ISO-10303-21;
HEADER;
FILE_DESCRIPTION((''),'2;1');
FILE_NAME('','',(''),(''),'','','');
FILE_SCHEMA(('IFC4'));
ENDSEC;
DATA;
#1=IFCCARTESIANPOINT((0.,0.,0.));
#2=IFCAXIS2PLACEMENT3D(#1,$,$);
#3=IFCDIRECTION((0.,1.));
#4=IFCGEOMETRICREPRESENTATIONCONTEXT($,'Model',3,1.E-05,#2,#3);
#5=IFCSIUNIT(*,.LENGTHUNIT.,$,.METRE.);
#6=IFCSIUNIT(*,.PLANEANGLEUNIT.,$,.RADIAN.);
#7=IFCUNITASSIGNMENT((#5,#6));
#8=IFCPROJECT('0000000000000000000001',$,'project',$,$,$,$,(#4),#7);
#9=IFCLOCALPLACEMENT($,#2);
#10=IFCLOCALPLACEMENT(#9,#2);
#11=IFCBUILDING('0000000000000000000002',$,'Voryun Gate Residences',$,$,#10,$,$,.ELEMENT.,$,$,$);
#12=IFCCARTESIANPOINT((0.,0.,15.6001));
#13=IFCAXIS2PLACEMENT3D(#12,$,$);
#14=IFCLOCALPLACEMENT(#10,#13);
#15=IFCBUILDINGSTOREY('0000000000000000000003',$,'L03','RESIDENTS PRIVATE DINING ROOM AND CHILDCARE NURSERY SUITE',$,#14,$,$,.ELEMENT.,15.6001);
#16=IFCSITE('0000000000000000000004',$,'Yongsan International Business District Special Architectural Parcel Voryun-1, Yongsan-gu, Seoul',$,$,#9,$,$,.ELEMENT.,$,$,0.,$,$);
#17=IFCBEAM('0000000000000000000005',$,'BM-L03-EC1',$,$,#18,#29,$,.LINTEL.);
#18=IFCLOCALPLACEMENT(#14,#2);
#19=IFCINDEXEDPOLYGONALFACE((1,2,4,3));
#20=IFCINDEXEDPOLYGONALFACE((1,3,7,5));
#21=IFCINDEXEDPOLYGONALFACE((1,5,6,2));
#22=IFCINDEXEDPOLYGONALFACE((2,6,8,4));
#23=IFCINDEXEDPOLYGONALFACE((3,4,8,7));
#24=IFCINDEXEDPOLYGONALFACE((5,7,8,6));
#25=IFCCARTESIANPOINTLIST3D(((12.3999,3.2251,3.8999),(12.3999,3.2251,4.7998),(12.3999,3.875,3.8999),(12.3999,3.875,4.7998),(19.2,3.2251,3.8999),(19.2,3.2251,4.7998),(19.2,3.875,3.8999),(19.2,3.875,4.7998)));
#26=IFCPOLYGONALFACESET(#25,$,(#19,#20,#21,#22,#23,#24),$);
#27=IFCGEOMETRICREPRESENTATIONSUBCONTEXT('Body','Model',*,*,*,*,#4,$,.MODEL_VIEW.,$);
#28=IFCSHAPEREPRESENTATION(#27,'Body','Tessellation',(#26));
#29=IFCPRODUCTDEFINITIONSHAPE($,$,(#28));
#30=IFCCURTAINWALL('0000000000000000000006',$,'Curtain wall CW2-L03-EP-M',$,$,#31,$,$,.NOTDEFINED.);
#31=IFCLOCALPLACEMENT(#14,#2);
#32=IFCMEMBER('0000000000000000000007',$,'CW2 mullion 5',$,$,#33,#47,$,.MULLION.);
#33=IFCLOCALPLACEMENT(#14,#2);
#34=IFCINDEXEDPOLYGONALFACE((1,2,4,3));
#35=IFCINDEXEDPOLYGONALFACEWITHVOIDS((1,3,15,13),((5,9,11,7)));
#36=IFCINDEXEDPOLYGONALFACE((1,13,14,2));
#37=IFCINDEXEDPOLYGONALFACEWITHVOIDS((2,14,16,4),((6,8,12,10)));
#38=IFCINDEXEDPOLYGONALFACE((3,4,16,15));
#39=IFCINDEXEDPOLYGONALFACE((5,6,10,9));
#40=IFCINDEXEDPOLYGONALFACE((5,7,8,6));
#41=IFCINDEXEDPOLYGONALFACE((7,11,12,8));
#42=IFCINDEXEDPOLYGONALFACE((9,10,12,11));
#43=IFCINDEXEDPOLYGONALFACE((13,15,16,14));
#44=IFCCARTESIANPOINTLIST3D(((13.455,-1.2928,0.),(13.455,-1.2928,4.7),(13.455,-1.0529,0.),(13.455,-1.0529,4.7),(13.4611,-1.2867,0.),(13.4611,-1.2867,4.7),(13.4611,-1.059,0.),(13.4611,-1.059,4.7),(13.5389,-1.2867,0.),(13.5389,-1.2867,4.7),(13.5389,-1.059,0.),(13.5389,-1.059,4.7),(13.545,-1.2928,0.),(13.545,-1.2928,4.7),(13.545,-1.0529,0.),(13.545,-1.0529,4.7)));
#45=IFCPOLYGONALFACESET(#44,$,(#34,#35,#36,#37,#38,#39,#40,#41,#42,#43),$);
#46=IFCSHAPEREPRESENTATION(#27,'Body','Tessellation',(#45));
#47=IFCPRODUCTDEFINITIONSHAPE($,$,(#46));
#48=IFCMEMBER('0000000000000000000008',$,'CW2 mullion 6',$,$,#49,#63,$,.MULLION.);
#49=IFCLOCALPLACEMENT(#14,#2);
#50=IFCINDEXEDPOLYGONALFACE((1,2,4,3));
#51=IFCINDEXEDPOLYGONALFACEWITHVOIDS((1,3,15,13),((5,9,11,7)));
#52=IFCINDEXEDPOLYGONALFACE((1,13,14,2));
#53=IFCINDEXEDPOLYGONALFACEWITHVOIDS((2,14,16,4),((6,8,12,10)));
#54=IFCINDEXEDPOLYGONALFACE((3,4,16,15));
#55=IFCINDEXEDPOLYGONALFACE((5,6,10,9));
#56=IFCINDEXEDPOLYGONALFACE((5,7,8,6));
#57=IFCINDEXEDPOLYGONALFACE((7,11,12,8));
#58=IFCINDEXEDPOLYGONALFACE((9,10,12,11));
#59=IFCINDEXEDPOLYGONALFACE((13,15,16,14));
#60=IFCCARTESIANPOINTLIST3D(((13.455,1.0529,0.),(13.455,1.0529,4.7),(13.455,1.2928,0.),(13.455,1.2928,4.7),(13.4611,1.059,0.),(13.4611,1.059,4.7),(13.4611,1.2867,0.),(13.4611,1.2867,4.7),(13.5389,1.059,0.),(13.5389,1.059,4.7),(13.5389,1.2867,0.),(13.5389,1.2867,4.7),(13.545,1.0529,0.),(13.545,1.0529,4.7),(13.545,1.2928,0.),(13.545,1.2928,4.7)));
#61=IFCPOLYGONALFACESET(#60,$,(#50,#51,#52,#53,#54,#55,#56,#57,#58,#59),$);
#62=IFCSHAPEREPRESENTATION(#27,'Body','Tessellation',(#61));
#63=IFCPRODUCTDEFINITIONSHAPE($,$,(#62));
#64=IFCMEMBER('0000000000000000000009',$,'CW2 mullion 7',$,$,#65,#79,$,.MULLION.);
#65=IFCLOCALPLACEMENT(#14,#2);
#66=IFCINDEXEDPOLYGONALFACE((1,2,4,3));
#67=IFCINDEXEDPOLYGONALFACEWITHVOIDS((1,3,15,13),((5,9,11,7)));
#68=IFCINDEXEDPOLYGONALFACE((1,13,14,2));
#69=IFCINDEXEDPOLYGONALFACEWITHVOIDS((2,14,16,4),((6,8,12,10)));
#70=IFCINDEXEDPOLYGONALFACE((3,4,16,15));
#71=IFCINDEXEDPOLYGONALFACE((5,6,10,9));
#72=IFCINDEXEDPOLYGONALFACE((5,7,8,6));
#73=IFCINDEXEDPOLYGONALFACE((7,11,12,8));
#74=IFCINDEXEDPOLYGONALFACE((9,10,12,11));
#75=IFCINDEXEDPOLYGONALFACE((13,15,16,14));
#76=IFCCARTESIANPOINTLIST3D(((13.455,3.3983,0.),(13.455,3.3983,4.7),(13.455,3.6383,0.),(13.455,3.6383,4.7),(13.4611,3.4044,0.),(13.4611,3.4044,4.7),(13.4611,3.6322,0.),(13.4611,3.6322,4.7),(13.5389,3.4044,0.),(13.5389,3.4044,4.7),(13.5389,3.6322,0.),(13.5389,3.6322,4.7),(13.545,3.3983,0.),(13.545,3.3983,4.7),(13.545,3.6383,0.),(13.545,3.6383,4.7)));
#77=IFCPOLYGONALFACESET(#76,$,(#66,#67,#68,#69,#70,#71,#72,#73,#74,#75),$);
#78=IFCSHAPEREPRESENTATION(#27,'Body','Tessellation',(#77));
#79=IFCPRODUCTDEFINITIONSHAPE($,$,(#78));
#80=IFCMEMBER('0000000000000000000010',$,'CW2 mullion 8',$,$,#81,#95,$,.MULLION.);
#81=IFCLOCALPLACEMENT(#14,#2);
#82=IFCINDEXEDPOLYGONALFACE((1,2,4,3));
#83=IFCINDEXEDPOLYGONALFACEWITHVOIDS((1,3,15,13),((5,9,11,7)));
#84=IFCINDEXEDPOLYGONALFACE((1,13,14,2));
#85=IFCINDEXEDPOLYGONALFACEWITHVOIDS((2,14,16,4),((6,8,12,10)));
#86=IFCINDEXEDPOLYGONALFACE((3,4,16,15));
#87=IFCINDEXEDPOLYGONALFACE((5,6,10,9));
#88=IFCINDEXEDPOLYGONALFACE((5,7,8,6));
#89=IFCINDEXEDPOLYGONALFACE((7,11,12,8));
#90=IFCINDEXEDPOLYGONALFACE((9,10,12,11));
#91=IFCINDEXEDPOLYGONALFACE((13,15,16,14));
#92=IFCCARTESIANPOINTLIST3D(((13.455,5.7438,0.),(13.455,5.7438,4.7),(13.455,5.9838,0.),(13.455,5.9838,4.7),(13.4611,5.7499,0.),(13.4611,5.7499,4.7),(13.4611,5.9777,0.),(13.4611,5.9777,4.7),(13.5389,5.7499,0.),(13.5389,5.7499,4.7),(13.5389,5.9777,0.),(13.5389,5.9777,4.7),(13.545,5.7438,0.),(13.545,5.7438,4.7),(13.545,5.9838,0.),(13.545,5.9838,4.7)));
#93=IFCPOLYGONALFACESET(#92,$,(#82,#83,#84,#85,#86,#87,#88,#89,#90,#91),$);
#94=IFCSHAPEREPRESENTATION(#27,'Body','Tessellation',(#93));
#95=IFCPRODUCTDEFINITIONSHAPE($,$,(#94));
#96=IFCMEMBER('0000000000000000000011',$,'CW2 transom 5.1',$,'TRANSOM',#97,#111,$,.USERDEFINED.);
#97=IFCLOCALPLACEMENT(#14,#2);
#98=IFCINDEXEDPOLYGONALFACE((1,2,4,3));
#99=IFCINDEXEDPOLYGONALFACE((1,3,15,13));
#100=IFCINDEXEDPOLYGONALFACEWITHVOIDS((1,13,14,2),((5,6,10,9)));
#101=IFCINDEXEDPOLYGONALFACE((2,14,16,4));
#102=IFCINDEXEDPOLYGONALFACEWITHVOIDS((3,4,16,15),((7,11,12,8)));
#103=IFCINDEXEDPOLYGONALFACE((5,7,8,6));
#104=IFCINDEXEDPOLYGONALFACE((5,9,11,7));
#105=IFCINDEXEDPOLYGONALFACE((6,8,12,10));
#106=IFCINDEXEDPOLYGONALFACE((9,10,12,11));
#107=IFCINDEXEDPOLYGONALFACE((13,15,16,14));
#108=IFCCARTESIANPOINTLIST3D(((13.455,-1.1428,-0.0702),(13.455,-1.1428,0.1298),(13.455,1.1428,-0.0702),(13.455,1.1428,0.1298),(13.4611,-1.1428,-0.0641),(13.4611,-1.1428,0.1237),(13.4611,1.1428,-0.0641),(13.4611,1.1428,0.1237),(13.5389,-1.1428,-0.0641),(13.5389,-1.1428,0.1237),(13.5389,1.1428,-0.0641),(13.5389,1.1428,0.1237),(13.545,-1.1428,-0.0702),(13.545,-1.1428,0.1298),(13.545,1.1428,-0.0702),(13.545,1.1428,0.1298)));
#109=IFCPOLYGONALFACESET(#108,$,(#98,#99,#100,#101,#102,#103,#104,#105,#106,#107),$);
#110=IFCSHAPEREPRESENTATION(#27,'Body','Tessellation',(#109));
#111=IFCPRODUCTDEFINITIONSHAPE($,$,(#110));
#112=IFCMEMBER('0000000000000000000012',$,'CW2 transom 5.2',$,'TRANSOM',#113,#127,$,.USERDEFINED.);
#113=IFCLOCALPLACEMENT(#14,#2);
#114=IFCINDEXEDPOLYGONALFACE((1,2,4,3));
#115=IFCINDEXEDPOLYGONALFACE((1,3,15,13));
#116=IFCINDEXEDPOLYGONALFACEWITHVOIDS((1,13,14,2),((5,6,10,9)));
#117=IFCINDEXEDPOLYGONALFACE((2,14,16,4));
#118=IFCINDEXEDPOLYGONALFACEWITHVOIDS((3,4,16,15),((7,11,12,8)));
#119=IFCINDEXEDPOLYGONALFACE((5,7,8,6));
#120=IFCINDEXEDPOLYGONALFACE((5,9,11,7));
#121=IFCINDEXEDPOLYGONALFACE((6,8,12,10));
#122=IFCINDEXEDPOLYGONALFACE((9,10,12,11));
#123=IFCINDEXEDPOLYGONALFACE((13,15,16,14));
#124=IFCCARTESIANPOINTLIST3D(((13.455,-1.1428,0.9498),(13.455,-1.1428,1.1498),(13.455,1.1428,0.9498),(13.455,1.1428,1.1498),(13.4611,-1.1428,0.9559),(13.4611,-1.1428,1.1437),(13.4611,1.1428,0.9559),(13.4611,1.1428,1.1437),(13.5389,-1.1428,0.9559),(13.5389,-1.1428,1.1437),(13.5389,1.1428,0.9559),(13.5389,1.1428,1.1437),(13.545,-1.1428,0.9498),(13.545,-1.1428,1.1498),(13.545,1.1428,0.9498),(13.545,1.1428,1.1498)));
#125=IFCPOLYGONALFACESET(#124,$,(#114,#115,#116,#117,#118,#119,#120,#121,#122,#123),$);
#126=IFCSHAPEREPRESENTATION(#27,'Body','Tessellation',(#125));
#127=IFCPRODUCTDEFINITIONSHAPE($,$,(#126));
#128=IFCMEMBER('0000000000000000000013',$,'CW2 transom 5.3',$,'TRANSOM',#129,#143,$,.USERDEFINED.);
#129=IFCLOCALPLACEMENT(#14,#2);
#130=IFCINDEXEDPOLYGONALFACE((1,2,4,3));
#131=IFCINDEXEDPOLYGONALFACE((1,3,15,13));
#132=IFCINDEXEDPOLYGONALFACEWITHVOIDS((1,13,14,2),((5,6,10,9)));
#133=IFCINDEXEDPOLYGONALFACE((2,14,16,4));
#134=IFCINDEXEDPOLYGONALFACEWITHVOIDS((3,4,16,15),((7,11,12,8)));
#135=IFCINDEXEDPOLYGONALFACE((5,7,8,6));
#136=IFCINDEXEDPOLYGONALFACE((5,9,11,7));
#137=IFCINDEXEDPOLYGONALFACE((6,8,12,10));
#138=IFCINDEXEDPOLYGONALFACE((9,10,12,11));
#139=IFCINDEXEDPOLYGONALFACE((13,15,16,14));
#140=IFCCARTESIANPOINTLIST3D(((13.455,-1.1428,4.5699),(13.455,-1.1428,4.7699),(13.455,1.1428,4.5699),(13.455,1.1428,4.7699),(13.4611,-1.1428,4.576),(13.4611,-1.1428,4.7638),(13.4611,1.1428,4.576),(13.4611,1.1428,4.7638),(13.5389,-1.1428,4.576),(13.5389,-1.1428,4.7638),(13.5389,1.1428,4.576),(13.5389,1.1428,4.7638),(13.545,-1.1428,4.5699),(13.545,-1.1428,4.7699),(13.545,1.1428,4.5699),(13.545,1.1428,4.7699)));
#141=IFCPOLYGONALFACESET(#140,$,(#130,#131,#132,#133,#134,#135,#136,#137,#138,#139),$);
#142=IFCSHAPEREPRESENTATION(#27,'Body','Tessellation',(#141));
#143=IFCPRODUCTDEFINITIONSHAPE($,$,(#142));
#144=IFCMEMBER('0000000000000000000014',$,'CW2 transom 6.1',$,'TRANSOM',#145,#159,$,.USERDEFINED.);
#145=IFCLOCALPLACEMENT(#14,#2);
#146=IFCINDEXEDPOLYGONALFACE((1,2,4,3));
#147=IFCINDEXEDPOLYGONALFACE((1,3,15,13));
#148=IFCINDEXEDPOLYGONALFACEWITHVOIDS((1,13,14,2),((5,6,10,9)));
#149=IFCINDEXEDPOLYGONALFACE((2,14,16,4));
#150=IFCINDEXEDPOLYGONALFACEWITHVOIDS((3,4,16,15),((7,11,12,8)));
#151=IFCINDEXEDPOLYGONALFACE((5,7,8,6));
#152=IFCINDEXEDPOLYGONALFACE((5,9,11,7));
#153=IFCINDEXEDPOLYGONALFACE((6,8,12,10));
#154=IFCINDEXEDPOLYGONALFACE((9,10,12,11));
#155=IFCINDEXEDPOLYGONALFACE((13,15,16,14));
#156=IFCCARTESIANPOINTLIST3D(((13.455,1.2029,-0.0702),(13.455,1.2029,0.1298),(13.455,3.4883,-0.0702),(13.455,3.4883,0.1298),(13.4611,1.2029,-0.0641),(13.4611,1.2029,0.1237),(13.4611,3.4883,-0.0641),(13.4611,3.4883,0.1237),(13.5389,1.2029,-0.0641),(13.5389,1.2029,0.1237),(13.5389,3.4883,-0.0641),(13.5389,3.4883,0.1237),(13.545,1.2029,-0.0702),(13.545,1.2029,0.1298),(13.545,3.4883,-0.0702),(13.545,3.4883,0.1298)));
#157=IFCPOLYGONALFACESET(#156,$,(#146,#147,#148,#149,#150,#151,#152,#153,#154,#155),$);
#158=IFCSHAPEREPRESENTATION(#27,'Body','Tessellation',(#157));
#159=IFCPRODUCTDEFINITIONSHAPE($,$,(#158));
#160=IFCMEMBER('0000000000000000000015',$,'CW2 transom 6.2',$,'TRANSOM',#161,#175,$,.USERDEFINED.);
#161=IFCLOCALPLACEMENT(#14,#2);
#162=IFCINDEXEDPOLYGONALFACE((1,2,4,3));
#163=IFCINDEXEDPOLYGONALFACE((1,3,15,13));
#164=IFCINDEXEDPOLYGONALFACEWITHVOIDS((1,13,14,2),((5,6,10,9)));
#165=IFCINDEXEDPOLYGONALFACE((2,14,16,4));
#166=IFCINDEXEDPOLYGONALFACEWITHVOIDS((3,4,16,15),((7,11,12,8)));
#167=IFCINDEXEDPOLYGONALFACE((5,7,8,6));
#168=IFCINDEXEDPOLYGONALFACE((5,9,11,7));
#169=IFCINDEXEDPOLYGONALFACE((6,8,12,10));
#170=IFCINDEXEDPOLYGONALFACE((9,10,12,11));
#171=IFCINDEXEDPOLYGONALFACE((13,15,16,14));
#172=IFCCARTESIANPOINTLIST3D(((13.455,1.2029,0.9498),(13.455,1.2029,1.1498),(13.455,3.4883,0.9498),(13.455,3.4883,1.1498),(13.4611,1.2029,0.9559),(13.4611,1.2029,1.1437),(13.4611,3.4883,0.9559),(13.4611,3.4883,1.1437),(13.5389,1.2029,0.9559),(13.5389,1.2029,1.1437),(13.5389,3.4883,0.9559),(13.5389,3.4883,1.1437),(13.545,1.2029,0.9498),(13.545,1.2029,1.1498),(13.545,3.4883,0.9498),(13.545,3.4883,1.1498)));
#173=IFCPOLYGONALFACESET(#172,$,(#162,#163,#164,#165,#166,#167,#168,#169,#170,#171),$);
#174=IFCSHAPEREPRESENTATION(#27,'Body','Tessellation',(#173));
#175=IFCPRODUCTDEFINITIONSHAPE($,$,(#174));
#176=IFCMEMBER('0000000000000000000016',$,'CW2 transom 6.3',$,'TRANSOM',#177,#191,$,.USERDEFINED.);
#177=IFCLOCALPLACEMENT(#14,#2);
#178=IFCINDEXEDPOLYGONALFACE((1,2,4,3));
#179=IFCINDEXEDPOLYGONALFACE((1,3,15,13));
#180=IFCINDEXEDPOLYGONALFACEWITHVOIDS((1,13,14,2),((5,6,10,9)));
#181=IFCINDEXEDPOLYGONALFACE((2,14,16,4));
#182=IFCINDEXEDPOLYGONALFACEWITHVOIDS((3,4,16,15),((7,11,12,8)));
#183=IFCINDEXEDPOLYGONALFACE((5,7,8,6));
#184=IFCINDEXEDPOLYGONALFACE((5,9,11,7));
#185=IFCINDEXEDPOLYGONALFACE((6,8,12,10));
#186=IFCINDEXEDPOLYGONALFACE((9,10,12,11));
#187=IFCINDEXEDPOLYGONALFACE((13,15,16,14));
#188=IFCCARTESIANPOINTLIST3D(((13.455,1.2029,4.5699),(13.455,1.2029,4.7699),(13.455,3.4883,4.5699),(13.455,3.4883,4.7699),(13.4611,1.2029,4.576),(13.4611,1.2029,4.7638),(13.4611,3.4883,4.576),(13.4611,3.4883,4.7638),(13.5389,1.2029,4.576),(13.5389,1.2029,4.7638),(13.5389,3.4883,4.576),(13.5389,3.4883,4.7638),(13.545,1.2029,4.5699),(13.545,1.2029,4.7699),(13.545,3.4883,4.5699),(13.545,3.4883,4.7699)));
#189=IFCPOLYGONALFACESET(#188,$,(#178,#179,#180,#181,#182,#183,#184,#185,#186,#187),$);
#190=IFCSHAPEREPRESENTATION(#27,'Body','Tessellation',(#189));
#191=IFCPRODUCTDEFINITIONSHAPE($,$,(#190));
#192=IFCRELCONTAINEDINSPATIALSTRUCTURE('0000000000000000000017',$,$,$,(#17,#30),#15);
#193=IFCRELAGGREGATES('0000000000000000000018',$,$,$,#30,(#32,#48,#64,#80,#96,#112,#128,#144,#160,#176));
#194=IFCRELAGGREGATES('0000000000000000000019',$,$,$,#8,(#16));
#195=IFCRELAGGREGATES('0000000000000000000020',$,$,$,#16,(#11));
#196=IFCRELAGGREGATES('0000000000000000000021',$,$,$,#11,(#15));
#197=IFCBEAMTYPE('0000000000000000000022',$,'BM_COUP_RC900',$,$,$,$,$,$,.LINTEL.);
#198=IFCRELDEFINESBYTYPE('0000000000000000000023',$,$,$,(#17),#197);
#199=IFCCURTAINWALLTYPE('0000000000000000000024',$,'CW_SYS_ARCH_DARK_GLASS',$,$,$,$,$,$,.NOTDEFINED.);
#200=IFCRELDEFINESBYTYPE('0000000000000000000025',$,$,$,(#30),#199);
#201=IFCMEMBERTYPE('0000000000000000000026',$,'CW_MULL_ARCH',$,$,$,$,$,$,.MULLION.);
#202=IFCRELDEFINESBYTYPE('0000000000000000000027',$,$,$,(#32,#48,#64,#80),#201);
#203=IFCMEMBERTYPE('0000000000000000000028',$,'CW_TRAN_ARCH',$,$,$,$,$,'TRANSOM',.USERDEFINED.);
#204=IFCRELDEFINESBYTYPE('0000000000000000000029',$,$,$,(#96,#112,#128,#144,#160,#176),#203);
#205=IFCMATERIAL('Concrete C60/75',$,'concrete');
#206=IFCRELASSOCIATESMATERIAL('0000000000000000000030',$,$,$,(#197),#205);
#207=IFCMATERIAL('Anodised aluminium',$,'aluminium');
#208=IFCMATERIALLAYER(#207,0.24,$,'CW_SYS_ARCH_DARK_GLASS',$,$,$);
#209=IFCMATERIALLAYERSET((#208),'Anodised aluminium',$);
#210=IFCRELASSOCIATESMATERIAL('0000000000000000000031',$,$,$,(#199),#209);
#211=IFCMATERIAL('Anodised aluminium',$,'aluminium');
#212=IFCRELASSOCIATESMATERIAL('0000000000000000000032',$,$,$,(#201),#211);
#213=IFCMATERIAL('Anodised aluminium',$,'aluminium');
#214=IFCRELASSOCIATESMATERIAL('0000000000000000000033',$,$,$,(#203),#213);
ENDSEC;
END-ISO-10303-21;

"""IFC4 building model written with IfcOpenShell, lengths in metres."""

from ifc_helpers import new_model, si_unit, direction, frame, origin, origin_2d, place, context, subcontext, project, spatial, rectangle, hollow_rectangle, extrude, material, layer, layer_set, material_profile, profile_set, type_object, element, aggregate, save


model = new_model("IFC4")

# Units and contexts
model_context = context("Model", 3, precision=1e-05, world=origin(), true_north=direction((0.0, 1.0)))
body_context = subcontext(model_context, "Body", "Model", "MODEL_VIEW")
ifc_project = project(units=[si_unit("LENGTHUNIT", "METRE"), si_unit("PLANEANGLEUNIT", "RADIAN")], contexts=[model_context])

# Site, building, storey
site_placement = place(None, origin())
site = spatial("IfcSite", under=ifc_project, at=site_placement, Name="Yongsan International Business District Special Architectural Parcel Voryun-1, Yongsan-gu, Seoul", CompositionType="ELEMENT", RefElevation=0.0)
building_placement = place(site_placement, origin())
building = spatial("IfcBuilding", under=site, at=building_placement, Name="Voryun Gate Residences", CompositionType="ELEMENT")
storey_placement = place(building_placement, frame((0.0, 0.0, 15.6001)))
storey = spatial("IfcBuildingStorey", under=building, at=storey_placement, Name="L03", Description="RESIDENTS PRIVATE DINING ROOM AND CHILDCARE NURSERY SUITE", CompositionType="ELEMENT", Elevation=15.6001)

# Beam
ifc_material_1 = material(Name="Concrete C60/75", Category="concrete")
ifc_material_profile_1 = material_profile(ifc_material_1, rectangle(XDim=0.6499, YDim=0.8999, at=origin_2d()), Name="RC-650x900")
ifc_profile_set_1 = profile_set([ifc_material_profile_1], Name="Concrete C60/75")
beam_type = type_object("IfcBeamType", Name="BM_COUP_RC900", PredefinedType="LINTEL", material=ifc_profile_set_1)
beam_placement = place(storey_placement, frame((12.3999, 3.55, 4.3499), z_axis=(1.0, 0.0, 0.0), x_axis=(0.0, 1.0, 0.0)))
element("IfcBeam", 1, at=beam_placement, inside=storey, type_object=beam_type, Name="BM-L03-EC1", PredefinedType="LINTEL", context=body_context, shape_type="SweptSolid", body=[
    extrude(rectangle(XDim=0.6499, YDim=0.8999, at=origin_2d()), origin(), (0.0, 0.0, 1.0), 6.8),
])

# Curtain wall, members
ifc_material_2 = material(Name="Anodised aluminium", Category="aluminium")
ifc_layer_1 = layer(ifc_material_2, 0.24, Name="CW_SYS_ARCH_DARK_GLASS")
ifc_layer_set_1 = layer_set([ifc_layer_1], Name="Anodised aluminium")
curtain_wall_type = type_object("IfcCurtainWallType", Name="CW_SYS_ARCH_DARK_GLASS", PredefinedType="NOTDEFINED", material=ifc_layer_set_1)
curtain_wall_placement = place(storey_placement, origin())
curtain_wall = element("IfcCurtainWall", 2, at=curtain_wall_placement, inside=storey, type_object=curtain_wall_type, Name="Curtain wall CW2-L03-EP-M", PredefinedType="NOTDEFINED")
ifc_material_3 = material(Name="Anodised aluminium", Category="aluminium")
ifc_material_profile_2 = material_profile(ifc_material_3, hollow_rectangle(XDim=0.0901, YDim=0.24, WallThickness=0.0061, at=origin_2d()), Name="ALU-MULL-240x90x6")
ifc_profile_set_2 = profile_set([ifc_material_profile_2], Name="Anodised aluminium")
member_type_1 = type_object("IfcMemberType", Name="CW_MULL_ARCH", PredefinedType="MULLION", material=ifc_profile_set_2)
member_1_placement = place(storey_placement, frame((13.5, -1.1729, 0.0), z_axis=(0.0, 0.0, 1.0), x_axis=(-1.0, 0.0, 0.0)))
member_1 = element("IfcMember", 3, at=member_1_placement, type_object=member_type_1, Name="CW2 mullion 5", PredefinedType="MULLION", context=body_context, shape_type="SweptSolid", body=[
    extrude(hollow_rectangle(XDim=0.0901, YDim=0.24, WallThickness=0.0061, at=origin_2d()), origin(), (0.0, 0.0, 1.0), 4.7),
])
member_2_placement = place(storey_placement, frame((13.5, 1.1729, 0.0), z_axis=(0.0, 0.0, 1.0), x_axis=(-1.0, 0.0, 0.0)))
member_2 = element("IfcMember", 4, at=member_2_placement, type_object=member_type_1, Name="CW2 mullion 6", PredefinedType="MULLION", context=body_context, shape_type="SweptSolid", body=[
    extrude(hollow_rectangle(XDim=0.0901, YDim=0.24, WallThickness=0.0061, at=origin_2d()), origin(), (0.0, 0.0, 1.0), 4.7),
])
member_3_placement = place(storey_placement, frame((13.5, 3.5183, 0.0), z_axis=(0.0, 0.0, 1.0), x_axis=(-1.0, 0.0, 0.0)))
member_3 = element("IfcMember", 5, at=member_3_placement, type_object=member_type_1, Name="CW2 mullion 7", PredefinedType="MULLION", context=body_context, shape_type="SweptSolid", body=[
    extrude(hollow_rectangle(XDim=0.0901, YDim=0.24, WallThickness=0.0061, at=origin_2d()), origin(), (0.0, 0.0, 1.0), 4.7),
])
member_4_placement = place(storey_placement, frame((13.5, 5.8638, 0.0), z_axis=(0.0, 0.0, 1.0), x_axis=(-1.0, 0.0, 0.0)))
member_4 = element("IfcMember", 6, at=member_4_placement, type_object=member_type_1, Name="CW2 mullion 8", PredefinedType="MULLION", context=body_context, shape_type="SweptSolid", body=[
    extrude(hollow_rectangle(XDim=0.0901, YDim=0.24, WallThickness=0.0061, at=origin_2d()), origin(), (0.0, 0.0, 1.0), 4.7),
])
ifc_material_4 = material(Name="Anodised aluminium", Category="aluminium")
ifc_material_profile_3 = material_profile(ifc_material_4, hollow_rectangle(XDim=0.0901, YDim=0.2, WallThickness=0.0061, at=origin_2d()), Name="ALU-TRAN-200x90x6")
ifc_profile_set_3 = profile_set([ifc_material_profile_3], Name="Anodised aluminium")
member_type_2 = type_object("IfcMemberType", Name="CW_TRAN_ARCH", ElementType="TRANSOM", PredefinedType="USERDEFINED", material=ifc_profile_set_3)
member_5_placement = place(storey_placement, frame((13.5, -1.1428, 0.0298), z_axis=(0.0, 1.0, 0.0), x_axis=(-1.0, 0.0, 0.0)))
member_5 = element("IfcMember", 7, at=member_5_placement, type_object=member_type_2, Name="CW2 transom 5.1", ObjectType="TRANSOM", PredefinedType="USERDEFINED", context=body_context, shape_type="SweptSolid", body=[
    extrude(hollow_rectangle(XDim=0.0901, YDim=0.2, WallThickness=0.0061, at=origin_2d()), origin(), (0.0, 0.0, 1.0), 2.2856),
])
member_6_placement = place(storey_placement, frame((13.5, -1.1428, 1.0498), z_axis=(0.0, 1.0, 0.0), x_axis=(-1.0, 0.0, 0.0)))
member_6 = element("IfcMember", 8, at=member_6_placement, type_object=member_type_2, Name="CW2 transom 5.2", ObjectType="TRANSOM", PredefinedType="USERDEFINED", context=body_context, shape_type="SweptSolid", body=[
    extrude(hollow_rectangle(XDim=0.0901, YDim=0.2, WallThickness=0.0061, at=origin_2d()), origin(), (0.0, 0.0, 1.0), 2.2856),
])
member_7_placement = place(storey_placement, frame((13.5, -1.1428, 4.6699), z_axis=(0.0, 1.0, 0.0), x_axis=(-1.0, 0.0, 0.0)))
member_7 = element("IfcMember", 9, at=member_7_placement, type_object=member_type_2, Name="CW2 transom 5.3", ObjectType="TRANSOM", PredefinedType="USERDEFINED", context=body_context, shape_type="SweptSolid", body=[
    extrude(hollow_rectangle(XDim=0.0901, YDim=0.2, WallThickness=0.0061, at=origin_2d()), origin(), (0.0, 0.0, 1.0), 2.2856),
])
member_8_placement = place(storey_placement, frame((13.5, 1.2029, 0.0298), z_axis=(0.0, 1.0, 0.0), x_axis=(-1.0, 0.0, 0.0)))
member_8 = element("IfcMember", 10, at=member_8_placement, type_object=member_type_2, Name="CW2 transom 6.1", ObjectType="TRANSOM", PredefinedType="USERDEFINED", context=body_context, shape_type="SweptSolid", body=[
    extrude(hollow_rectangle(XDim=0.0901, YDim=0.2, WallThickness=0.0061, at=origin_2d()), origin(), (0.0, 0.0, 1.0), 2.2854),
])
member_9_placement = place(storey_placement, frame((13.5, 1.2029, 1.0498), z_axis=(0.0, 1.0, 0.0), x_axis=(-1.0, 0.0, 0.0)))
member_9 = element("IfcMember", 11, at=member_9_placement, type_object=member_type_2, Name="CW2 transom 6.2", ObjectType="TRANSOM", PredefinedType="USERDEFINED", context=body_context, shape_type="SweptSolid", body=[
    extrude(hollow_rectangle(XDim=0.0901, YDim=0.2, WallThickness=0.0061, at=origin_2d()), origin(), (0.0, 0.0, 1.0), 2.2854),
])
member_10_placement = place(storey_placement, frame((13.5, 1.2029, 4.6699), z_axis=(0.0, 1.0, 0.0), x_axis=(-1.0, 0.0, 0.0)))
member_10 = element("IfcMember", 12, at=member_10_placement, type_object=member_type_2, Name="CW2 transom 6.3", ObjectType="TRANSOM", PredefinedType="USERDEFINED", context=body_context, shape_type="SweptSolid", body=[
    extrude(hollow_rectangle(XDim=0.0901, YDim=0.2, WallThickness=0.0061, at=origin_2d()), origin(), (0.0, 0.0, 1.0), 2.2854),
])
aggregate(curtain_wall, [member_1, member_2, member_3, member_4, member_5, member_6, member_7, member_8, member_9, member_10])

save(model, "model.ifc")
